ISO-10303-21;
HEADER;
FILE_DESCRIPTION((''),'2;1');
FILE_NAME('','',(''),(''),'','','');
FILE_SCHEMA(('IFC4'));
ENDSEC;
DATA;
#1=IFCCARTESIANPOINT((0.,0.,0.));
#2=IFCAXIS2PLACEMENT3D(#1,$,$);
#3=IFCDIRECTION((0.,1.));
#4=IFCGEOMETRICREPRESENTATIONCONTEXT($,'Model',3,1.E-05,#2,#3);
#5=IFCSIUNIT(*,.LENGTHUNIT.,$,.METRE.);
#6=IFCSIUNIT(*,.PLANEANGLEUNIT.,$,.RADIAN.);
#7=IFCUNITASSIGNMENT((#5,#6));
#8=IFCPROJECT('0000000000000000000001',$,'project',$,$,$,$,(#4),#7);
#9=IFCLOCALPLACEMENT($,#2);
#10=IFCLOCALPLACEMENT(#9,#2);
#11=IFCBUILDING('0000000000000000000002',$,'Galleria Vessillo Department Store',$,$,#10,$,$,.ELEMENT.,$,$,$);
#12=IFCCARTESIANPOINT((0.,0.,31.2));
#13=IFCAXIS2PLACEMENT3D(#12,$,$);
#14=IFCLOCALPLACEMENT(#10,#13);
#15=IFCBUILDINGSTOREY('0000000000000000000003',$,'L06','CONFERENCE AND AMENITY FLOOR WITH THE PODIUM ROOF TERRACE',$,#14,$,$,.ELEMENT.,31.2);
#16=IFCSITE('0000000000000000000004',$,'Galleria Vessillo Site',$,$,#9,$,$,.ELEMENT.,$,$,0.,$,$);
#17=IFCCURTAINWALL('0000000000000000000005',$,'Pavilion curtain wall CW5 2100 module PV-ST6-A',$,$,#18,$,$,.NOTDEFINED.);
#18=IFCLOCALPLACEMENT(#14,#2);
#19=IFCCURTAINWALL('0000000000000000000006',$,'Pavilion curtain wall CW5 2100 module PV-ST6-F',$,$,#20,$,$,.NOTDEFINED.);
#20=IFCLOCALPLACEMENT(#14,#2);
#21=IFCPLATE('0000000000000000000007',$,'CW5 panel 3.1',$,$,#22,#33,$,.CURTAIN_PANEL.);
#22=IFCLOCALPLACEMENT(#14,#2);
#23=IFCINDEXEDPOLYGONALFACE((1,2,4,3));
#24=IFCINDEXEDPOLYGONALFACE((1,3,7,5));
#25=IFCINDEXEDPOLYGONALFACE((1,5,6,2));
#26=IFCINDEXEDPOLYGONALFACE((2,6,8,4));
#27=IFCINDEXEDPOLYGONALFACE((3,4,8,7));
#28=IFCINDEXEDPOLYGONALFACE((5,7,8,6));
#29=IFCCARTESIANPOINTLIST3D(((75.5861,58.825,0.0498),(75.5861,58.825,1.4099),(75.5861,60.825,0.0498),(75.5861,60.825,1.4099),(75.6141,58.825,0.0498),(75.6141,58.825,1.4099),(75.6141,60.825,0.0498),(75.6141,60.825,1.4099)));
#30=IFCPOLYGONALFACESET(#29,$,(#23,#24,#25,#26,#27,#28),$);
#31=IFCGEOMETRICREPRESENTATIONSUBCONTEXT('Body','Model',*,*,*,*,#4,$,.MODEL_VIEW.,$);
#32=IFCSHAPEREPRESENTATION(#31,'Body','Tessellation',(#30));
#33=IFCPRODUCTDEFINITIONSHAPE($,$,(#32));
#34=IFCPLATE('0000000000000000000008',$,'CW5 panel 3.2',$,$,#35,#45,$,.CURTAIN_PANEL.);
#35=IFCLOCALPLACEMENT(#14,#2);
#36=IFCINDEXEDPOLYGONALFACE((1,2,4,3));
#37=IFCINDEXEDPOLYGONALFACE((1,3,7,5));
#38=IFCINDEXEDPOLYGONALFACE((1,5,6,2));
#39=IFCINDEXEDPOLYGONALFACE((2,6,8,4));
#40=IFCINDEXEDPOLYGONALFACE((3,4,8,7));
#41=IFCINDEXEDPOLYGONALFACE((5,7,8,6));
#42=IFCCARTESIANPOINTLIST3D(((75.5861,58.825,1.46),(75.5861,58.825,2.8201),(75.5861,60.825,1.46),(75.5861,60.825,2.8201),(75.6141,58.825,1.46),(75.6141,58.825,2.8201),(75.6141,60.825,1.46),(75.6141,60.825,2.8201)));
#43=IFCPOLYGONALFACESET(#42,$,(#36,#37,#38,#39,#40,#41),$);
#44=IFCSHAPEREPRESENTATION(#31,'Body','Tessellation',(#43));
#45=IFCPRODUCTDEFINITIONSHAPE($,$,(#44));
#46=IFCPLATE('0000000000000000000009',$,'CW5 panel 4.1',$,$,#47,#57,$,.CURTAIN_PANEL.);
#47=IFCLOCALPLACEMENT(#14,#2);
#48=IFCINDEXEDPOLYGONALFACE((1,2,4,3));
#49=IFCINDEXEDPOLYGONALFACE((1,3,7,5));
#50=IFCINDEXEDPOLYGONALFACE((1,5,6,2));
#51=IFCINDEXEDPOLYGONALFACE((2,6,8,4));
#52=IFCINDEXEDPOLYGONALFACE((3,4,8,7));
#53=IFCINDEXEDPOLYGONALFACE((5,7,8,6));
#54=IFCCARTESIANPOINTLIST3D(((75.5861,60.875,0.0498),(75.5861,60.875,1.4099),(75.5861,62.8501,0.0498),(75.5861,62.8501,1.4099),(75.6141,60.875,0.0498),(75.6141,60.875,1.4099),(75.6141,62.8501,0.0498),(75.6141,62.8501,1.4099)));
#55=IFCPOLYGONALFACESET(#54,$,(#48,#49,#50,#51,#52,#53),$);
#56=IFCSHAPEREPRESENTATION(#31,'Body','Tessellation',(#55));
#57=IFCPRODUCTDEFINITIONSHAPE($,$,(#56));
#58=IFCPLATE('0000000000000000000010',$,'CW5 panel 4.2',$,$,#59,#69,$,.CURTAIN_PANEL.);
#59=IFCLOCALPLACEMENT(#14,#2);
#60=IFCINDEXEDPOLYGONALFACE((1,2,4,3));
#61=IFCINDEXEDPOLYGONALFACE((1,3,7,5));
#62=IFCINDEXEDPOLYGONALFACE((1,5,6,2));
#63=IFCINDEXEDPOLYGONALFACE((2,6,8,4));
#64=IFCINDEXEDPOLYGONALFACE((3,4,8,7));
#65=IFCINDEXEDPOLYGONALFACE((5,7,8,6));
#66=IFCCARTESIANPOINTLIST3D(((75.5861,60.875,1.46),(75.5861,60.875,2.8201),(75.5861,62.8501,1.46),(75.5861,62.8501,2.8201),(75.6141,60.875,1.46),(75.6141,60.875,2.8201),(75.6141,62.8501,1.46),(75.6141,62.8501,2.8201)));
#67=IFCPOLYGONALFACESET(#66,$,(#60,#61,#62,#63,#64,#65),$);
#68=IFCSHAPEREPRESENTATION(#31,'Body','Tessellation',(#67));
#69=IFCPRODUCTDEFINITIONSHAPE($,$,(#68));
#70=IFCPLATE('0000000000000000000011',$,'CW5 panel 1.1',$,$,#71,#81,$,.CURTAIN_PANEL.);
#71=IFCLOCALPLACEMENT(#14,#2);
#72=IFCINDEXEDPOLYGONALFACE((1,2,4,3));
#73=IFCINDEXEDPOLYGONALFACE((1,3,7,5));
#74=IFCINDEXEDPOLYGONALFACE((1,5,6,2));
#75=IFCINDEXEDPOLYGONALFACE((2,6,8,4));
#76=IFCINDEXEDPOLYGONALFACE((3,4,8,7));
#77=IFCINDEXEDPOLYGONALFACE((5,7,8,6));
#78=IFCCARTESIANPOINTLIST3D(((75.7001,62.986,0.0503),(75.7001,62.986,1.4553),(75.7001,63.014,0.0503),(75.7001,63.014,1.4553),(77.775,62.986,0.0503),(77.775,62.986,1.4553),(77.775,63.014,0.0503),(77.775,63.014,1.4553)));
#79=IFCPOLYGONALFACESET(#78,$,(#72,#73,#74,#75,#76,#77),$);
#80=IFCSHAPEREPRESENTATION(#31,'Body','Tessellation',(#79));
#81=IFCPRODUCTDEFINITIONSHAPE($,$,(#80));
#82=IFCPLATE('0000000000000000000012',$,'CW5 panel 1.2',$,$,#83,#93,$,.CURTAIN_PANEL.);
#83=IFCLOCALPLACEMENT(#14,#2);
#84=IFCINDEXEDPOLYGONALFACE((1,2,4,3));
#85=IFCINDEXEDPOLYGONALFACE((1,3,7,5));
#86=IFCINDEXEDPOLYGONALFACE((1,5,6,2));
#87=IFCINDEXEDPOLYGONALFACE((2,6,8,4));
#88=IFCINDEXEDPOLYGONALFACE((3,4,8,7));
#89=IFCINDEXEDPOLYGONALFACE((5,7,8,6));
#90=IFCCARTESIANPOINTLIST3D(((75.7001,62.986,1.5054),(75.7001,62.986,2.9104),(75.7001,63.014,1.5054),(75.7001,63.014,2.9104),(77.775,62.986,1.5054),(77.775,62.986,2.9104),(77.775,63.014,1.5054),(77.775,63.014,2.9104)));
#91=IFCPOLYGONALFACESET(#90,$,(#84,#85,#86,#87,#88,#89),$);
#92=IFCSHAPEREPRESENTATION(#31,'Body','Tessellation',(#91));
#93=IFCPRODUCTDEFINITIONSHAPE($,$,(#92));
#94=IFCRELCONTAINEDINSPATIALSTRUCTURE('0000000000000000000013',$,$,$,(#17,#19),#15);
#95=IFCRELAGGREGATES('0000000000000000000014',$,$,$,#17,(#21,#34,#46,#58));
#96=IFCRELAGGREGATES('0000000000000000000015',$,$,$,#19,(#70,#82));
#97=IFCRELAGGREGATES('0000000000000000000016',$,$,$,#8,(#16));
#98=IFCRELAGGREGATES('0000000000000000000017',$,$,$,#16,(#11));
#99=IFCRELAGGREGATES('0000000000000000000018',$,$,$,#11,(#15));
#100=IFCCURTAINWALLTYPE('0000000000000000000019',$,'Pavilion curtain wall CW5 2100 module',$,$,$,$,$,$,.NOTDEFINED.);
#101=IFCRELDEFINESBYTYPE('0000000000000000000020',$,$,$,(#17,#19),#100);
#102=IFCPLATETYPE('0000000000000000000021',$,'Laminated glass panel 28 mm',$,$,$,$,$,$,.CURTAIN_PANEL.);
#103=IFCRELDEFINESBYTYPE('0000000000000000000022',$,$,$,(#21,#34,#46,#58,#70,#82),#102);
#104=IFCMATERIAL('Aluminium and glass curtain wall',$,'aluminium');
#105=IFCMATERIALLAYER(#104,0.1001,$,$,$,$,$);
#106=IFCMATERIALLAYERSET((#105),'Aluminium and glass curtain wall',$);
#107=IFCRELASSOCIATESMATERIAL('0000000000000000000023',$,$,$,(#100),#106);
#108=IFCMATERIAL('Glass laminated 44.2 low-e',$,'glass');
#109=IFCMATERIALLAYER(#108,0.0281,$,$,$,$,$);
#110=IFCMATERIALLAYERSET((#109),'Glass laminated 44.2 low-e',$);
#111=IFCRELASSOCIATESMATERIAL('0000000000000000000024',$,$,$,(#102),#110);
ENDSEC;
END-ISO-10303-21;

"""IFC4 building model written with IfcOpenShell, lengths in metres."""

from ifc_helpers import new_model, si_unit, direction, frame, origin, origin_2d, place, context, subcontext, project, spatial, rectangle, extrude, material, layer, layer_set, type_object, element, aggregate, save


model = new_model("IFC4")

# Units and contexts
model_context = context("Model", 3, precision=1e-05, world=origin(), true_north=direction((0.0, 1.0)))
body_context = subcontext(model_context, "Body", "Model", "MODEL_VIEW")
ifc_project = project(units=[si_unit("LENGTHUNIT", "METRE"), si_unit("PLANEANGLEUNIT", "RADIAN")], contexts=[model_context])

# Site, building, storey
site_placement = place(None, origin())
site = spatial("IfcSite", under=ifc_project, at=site_placement, Name="Galleria Vessillo Site", CompositionType="ELEMENT", RefElevation=0.0)
building_placement = place(site_placement, origin())
building = spatial("IfcBuilding", under=site, at=building_placement, Name="Galleria Vessillo Department Store", CompositionType="ELEMENT")
storey_placement = place(building_placement, frame((0.0, 0.0, 31.2)))
storey = spatial("IfcBuildingStorey", under=building, at=storey_placement, Name="L06", Description="CONFERENCE AND AMENITY FLOOR WITH THE PODIUM ROOF TERRACE", CompositionType="ELEMENT", Elevation=31.2)

# Curtain walls
ifc_material_1 = material(Name="Aluminium and glass curtain wall", Category="aluminium")
ifc_layer_1 = layer(ifc_material_1, 0.1001)
ifc_layer_set_1 = layer_set([ifc_layer_1], Name="Aluminium and glass curtain wall")
curtain_wall_type = type_object("IfcCurtainWallType", Name="Pavilion curtain wall CW5 2100 module", PredefinedType="NOTDEFINED", material=ifc_layer_set_1)
curtain_wall_1_placement = place(storey_placement, origin())
curtain_wall_1 = element("IfcCurtainWall", 1, at=curtain_wall_1_placement, inside=storey, type_object=curtain_wall_type, Name="Pavilion curtain wall CW5 2100 module PV-ST6-A", PredefinedType="NOTDEFINED")
curtain_wall_2_placement = place(storey_placement, origin())
curtain_wall_2 = element("IfcCurtainWall", 2, at=curtain_wall_2_placement, inside=storey, type_object=curtain_wall_type, Name="Pavilion curtain wall CW5 2100 module PV-ST6-F", PredefinedType="NOTDEFINED")

# Plates
ifc_material_2 = material(Name="Glass laminated 44.2 low-e", Category="glass")
ifc_layer_2 = layer(ifc_material_2, 0.0281)
ifc_layer_set_2 = layer_set([ifc_layer_2], Name="Glass laminated 44.2 low-e")
plate_type = type_object("IfcPlateType", Name="Laminated glass panel 28 mm", PredefinedType="CURTAIN_PANEL", material=ifc_layer_set_2)
plate_1_placement = place(storey_placement, frame((75.6001, 59.825, 0.0498), z_axis=(0.0, 0.0, 1.0), x_axis=(0.0, 1.0, 0.0)))
plate_1 = element("IfcPlate", 3, at=plate_1_placement, type_object=plate_type, Name="CW5 panel 3.1", PredefinedType="CURTAIN_PANEL", context=body_context, shape_type="SweptSolid", body=[
    extrude(rectangle(XDim=2.0, YDim=0.0281, at=origin_2d()), origin(), (0.0, 0.0, 1.0), 1.3601),
])
plate_2_placement = place(storey_placement, frame((75.6001, 59.825, 1.46), z_axis=(0.0, 0.0, 1.0), x_axis=(0.0, 1.0, 0.0)))
plate_2 = element("IfcPlate", 4, at=plate_2_placement, type_object=plate_type, Name="CW5 panel 3.2", PredefinedType="CURTAIN_PANEL", context=body_context, shape_type="SweptSolid", body=[
    extrude(rectangle(XDim=2.0, YDim=0.0281, at=origin_2d()), origin(), (0.0, 0.0, 1.0), 1.3601),
])
plate_3_placement = place(storey_placement, frame((75.6001, 61.8625, 0.0498), z_axis=(0.0, 0.0, 1.0), x_axis=(0.0, 1.0, 0.0)))
plate_3 = element("IfcPlate", 5, at=plate_3_placement, type_object=plate_type, Name="CW5 panel 4.1", PredefinedType="CURTAIN_PANEL", context=body_context, shape_type="SweptSolid", body=[
    extrude(rectangle(XDim=1.9751, YDim=0.0281, at=origin_2d()), origin(), (0.0, 0.0, 1.0), 1.3601),
])
plate_4_placement = place(storey_placement, frame((75.6001, 61.8625, 1.46), z_axis=(0.0, 0.0, 1.0), x_axis=(0.0, 1.0, 0.0)))
plate_4 = element("IfcPlate", 6, at=plate_4_placement, type_object=plate_type, Name="CW5 panel 4.2", PredefinedType="CURTAIN_PANEL", context=body_context, shape_type="SweptSolid", body=[
    extrude(rectangle(XDim=1.9751, YDim=0.0281, at=origin_2d()), origin(), (0.0, 0.0, 1.0), 1.3601),
])
aggregate(curtain_wall_1, [plate_1, plate_2, plate_3, plate_4])
plate_5_placement = place(storey_placement, frame((76.7375, 63.0, 0.0503), z_axis=(0.0, 0.0, 1.0), x_axis=(1.0, 0.0, 0.0)))
plate_5 = element("IfcPlate", 7, at=plate_5_placement, type_object=plate_type, Name="CW5 panel 1.1", PredefinedType="CURTAIN_PANEL", context=body_context, shape_type="SweptSolid", body=[
    extrude(rectangle(XDim=2.075, YDim=0.0281, at=origin_2d()), origin(), (0.0, 0.0, 1.0), 1.405),
])
plate_6_placement = place(storey_placement, frame((76.7375, 63.0, 1.5054), z_axis=(0.0, 0.0, 1.0), x_axis=(1.0, 0.0, 0.0)))
plate_6 = element("IfcPlate", 8, at=plate_6_placement, type_object=plate_type, Name="CW5 panel 1.2", PredefinedType="CURTAIN_PANEL", context=body_context, shape_type="SweptSolid", body=[
    extrude(rectangle(XDim=2.075, YDim=0.0281, at=origin_2d()), origin(), (0.0, 0.0, 1.0), 1.405),
])
aggregate(curtain_wall_2, [plate_5, plate_6])

save(model, "model.ifc")
